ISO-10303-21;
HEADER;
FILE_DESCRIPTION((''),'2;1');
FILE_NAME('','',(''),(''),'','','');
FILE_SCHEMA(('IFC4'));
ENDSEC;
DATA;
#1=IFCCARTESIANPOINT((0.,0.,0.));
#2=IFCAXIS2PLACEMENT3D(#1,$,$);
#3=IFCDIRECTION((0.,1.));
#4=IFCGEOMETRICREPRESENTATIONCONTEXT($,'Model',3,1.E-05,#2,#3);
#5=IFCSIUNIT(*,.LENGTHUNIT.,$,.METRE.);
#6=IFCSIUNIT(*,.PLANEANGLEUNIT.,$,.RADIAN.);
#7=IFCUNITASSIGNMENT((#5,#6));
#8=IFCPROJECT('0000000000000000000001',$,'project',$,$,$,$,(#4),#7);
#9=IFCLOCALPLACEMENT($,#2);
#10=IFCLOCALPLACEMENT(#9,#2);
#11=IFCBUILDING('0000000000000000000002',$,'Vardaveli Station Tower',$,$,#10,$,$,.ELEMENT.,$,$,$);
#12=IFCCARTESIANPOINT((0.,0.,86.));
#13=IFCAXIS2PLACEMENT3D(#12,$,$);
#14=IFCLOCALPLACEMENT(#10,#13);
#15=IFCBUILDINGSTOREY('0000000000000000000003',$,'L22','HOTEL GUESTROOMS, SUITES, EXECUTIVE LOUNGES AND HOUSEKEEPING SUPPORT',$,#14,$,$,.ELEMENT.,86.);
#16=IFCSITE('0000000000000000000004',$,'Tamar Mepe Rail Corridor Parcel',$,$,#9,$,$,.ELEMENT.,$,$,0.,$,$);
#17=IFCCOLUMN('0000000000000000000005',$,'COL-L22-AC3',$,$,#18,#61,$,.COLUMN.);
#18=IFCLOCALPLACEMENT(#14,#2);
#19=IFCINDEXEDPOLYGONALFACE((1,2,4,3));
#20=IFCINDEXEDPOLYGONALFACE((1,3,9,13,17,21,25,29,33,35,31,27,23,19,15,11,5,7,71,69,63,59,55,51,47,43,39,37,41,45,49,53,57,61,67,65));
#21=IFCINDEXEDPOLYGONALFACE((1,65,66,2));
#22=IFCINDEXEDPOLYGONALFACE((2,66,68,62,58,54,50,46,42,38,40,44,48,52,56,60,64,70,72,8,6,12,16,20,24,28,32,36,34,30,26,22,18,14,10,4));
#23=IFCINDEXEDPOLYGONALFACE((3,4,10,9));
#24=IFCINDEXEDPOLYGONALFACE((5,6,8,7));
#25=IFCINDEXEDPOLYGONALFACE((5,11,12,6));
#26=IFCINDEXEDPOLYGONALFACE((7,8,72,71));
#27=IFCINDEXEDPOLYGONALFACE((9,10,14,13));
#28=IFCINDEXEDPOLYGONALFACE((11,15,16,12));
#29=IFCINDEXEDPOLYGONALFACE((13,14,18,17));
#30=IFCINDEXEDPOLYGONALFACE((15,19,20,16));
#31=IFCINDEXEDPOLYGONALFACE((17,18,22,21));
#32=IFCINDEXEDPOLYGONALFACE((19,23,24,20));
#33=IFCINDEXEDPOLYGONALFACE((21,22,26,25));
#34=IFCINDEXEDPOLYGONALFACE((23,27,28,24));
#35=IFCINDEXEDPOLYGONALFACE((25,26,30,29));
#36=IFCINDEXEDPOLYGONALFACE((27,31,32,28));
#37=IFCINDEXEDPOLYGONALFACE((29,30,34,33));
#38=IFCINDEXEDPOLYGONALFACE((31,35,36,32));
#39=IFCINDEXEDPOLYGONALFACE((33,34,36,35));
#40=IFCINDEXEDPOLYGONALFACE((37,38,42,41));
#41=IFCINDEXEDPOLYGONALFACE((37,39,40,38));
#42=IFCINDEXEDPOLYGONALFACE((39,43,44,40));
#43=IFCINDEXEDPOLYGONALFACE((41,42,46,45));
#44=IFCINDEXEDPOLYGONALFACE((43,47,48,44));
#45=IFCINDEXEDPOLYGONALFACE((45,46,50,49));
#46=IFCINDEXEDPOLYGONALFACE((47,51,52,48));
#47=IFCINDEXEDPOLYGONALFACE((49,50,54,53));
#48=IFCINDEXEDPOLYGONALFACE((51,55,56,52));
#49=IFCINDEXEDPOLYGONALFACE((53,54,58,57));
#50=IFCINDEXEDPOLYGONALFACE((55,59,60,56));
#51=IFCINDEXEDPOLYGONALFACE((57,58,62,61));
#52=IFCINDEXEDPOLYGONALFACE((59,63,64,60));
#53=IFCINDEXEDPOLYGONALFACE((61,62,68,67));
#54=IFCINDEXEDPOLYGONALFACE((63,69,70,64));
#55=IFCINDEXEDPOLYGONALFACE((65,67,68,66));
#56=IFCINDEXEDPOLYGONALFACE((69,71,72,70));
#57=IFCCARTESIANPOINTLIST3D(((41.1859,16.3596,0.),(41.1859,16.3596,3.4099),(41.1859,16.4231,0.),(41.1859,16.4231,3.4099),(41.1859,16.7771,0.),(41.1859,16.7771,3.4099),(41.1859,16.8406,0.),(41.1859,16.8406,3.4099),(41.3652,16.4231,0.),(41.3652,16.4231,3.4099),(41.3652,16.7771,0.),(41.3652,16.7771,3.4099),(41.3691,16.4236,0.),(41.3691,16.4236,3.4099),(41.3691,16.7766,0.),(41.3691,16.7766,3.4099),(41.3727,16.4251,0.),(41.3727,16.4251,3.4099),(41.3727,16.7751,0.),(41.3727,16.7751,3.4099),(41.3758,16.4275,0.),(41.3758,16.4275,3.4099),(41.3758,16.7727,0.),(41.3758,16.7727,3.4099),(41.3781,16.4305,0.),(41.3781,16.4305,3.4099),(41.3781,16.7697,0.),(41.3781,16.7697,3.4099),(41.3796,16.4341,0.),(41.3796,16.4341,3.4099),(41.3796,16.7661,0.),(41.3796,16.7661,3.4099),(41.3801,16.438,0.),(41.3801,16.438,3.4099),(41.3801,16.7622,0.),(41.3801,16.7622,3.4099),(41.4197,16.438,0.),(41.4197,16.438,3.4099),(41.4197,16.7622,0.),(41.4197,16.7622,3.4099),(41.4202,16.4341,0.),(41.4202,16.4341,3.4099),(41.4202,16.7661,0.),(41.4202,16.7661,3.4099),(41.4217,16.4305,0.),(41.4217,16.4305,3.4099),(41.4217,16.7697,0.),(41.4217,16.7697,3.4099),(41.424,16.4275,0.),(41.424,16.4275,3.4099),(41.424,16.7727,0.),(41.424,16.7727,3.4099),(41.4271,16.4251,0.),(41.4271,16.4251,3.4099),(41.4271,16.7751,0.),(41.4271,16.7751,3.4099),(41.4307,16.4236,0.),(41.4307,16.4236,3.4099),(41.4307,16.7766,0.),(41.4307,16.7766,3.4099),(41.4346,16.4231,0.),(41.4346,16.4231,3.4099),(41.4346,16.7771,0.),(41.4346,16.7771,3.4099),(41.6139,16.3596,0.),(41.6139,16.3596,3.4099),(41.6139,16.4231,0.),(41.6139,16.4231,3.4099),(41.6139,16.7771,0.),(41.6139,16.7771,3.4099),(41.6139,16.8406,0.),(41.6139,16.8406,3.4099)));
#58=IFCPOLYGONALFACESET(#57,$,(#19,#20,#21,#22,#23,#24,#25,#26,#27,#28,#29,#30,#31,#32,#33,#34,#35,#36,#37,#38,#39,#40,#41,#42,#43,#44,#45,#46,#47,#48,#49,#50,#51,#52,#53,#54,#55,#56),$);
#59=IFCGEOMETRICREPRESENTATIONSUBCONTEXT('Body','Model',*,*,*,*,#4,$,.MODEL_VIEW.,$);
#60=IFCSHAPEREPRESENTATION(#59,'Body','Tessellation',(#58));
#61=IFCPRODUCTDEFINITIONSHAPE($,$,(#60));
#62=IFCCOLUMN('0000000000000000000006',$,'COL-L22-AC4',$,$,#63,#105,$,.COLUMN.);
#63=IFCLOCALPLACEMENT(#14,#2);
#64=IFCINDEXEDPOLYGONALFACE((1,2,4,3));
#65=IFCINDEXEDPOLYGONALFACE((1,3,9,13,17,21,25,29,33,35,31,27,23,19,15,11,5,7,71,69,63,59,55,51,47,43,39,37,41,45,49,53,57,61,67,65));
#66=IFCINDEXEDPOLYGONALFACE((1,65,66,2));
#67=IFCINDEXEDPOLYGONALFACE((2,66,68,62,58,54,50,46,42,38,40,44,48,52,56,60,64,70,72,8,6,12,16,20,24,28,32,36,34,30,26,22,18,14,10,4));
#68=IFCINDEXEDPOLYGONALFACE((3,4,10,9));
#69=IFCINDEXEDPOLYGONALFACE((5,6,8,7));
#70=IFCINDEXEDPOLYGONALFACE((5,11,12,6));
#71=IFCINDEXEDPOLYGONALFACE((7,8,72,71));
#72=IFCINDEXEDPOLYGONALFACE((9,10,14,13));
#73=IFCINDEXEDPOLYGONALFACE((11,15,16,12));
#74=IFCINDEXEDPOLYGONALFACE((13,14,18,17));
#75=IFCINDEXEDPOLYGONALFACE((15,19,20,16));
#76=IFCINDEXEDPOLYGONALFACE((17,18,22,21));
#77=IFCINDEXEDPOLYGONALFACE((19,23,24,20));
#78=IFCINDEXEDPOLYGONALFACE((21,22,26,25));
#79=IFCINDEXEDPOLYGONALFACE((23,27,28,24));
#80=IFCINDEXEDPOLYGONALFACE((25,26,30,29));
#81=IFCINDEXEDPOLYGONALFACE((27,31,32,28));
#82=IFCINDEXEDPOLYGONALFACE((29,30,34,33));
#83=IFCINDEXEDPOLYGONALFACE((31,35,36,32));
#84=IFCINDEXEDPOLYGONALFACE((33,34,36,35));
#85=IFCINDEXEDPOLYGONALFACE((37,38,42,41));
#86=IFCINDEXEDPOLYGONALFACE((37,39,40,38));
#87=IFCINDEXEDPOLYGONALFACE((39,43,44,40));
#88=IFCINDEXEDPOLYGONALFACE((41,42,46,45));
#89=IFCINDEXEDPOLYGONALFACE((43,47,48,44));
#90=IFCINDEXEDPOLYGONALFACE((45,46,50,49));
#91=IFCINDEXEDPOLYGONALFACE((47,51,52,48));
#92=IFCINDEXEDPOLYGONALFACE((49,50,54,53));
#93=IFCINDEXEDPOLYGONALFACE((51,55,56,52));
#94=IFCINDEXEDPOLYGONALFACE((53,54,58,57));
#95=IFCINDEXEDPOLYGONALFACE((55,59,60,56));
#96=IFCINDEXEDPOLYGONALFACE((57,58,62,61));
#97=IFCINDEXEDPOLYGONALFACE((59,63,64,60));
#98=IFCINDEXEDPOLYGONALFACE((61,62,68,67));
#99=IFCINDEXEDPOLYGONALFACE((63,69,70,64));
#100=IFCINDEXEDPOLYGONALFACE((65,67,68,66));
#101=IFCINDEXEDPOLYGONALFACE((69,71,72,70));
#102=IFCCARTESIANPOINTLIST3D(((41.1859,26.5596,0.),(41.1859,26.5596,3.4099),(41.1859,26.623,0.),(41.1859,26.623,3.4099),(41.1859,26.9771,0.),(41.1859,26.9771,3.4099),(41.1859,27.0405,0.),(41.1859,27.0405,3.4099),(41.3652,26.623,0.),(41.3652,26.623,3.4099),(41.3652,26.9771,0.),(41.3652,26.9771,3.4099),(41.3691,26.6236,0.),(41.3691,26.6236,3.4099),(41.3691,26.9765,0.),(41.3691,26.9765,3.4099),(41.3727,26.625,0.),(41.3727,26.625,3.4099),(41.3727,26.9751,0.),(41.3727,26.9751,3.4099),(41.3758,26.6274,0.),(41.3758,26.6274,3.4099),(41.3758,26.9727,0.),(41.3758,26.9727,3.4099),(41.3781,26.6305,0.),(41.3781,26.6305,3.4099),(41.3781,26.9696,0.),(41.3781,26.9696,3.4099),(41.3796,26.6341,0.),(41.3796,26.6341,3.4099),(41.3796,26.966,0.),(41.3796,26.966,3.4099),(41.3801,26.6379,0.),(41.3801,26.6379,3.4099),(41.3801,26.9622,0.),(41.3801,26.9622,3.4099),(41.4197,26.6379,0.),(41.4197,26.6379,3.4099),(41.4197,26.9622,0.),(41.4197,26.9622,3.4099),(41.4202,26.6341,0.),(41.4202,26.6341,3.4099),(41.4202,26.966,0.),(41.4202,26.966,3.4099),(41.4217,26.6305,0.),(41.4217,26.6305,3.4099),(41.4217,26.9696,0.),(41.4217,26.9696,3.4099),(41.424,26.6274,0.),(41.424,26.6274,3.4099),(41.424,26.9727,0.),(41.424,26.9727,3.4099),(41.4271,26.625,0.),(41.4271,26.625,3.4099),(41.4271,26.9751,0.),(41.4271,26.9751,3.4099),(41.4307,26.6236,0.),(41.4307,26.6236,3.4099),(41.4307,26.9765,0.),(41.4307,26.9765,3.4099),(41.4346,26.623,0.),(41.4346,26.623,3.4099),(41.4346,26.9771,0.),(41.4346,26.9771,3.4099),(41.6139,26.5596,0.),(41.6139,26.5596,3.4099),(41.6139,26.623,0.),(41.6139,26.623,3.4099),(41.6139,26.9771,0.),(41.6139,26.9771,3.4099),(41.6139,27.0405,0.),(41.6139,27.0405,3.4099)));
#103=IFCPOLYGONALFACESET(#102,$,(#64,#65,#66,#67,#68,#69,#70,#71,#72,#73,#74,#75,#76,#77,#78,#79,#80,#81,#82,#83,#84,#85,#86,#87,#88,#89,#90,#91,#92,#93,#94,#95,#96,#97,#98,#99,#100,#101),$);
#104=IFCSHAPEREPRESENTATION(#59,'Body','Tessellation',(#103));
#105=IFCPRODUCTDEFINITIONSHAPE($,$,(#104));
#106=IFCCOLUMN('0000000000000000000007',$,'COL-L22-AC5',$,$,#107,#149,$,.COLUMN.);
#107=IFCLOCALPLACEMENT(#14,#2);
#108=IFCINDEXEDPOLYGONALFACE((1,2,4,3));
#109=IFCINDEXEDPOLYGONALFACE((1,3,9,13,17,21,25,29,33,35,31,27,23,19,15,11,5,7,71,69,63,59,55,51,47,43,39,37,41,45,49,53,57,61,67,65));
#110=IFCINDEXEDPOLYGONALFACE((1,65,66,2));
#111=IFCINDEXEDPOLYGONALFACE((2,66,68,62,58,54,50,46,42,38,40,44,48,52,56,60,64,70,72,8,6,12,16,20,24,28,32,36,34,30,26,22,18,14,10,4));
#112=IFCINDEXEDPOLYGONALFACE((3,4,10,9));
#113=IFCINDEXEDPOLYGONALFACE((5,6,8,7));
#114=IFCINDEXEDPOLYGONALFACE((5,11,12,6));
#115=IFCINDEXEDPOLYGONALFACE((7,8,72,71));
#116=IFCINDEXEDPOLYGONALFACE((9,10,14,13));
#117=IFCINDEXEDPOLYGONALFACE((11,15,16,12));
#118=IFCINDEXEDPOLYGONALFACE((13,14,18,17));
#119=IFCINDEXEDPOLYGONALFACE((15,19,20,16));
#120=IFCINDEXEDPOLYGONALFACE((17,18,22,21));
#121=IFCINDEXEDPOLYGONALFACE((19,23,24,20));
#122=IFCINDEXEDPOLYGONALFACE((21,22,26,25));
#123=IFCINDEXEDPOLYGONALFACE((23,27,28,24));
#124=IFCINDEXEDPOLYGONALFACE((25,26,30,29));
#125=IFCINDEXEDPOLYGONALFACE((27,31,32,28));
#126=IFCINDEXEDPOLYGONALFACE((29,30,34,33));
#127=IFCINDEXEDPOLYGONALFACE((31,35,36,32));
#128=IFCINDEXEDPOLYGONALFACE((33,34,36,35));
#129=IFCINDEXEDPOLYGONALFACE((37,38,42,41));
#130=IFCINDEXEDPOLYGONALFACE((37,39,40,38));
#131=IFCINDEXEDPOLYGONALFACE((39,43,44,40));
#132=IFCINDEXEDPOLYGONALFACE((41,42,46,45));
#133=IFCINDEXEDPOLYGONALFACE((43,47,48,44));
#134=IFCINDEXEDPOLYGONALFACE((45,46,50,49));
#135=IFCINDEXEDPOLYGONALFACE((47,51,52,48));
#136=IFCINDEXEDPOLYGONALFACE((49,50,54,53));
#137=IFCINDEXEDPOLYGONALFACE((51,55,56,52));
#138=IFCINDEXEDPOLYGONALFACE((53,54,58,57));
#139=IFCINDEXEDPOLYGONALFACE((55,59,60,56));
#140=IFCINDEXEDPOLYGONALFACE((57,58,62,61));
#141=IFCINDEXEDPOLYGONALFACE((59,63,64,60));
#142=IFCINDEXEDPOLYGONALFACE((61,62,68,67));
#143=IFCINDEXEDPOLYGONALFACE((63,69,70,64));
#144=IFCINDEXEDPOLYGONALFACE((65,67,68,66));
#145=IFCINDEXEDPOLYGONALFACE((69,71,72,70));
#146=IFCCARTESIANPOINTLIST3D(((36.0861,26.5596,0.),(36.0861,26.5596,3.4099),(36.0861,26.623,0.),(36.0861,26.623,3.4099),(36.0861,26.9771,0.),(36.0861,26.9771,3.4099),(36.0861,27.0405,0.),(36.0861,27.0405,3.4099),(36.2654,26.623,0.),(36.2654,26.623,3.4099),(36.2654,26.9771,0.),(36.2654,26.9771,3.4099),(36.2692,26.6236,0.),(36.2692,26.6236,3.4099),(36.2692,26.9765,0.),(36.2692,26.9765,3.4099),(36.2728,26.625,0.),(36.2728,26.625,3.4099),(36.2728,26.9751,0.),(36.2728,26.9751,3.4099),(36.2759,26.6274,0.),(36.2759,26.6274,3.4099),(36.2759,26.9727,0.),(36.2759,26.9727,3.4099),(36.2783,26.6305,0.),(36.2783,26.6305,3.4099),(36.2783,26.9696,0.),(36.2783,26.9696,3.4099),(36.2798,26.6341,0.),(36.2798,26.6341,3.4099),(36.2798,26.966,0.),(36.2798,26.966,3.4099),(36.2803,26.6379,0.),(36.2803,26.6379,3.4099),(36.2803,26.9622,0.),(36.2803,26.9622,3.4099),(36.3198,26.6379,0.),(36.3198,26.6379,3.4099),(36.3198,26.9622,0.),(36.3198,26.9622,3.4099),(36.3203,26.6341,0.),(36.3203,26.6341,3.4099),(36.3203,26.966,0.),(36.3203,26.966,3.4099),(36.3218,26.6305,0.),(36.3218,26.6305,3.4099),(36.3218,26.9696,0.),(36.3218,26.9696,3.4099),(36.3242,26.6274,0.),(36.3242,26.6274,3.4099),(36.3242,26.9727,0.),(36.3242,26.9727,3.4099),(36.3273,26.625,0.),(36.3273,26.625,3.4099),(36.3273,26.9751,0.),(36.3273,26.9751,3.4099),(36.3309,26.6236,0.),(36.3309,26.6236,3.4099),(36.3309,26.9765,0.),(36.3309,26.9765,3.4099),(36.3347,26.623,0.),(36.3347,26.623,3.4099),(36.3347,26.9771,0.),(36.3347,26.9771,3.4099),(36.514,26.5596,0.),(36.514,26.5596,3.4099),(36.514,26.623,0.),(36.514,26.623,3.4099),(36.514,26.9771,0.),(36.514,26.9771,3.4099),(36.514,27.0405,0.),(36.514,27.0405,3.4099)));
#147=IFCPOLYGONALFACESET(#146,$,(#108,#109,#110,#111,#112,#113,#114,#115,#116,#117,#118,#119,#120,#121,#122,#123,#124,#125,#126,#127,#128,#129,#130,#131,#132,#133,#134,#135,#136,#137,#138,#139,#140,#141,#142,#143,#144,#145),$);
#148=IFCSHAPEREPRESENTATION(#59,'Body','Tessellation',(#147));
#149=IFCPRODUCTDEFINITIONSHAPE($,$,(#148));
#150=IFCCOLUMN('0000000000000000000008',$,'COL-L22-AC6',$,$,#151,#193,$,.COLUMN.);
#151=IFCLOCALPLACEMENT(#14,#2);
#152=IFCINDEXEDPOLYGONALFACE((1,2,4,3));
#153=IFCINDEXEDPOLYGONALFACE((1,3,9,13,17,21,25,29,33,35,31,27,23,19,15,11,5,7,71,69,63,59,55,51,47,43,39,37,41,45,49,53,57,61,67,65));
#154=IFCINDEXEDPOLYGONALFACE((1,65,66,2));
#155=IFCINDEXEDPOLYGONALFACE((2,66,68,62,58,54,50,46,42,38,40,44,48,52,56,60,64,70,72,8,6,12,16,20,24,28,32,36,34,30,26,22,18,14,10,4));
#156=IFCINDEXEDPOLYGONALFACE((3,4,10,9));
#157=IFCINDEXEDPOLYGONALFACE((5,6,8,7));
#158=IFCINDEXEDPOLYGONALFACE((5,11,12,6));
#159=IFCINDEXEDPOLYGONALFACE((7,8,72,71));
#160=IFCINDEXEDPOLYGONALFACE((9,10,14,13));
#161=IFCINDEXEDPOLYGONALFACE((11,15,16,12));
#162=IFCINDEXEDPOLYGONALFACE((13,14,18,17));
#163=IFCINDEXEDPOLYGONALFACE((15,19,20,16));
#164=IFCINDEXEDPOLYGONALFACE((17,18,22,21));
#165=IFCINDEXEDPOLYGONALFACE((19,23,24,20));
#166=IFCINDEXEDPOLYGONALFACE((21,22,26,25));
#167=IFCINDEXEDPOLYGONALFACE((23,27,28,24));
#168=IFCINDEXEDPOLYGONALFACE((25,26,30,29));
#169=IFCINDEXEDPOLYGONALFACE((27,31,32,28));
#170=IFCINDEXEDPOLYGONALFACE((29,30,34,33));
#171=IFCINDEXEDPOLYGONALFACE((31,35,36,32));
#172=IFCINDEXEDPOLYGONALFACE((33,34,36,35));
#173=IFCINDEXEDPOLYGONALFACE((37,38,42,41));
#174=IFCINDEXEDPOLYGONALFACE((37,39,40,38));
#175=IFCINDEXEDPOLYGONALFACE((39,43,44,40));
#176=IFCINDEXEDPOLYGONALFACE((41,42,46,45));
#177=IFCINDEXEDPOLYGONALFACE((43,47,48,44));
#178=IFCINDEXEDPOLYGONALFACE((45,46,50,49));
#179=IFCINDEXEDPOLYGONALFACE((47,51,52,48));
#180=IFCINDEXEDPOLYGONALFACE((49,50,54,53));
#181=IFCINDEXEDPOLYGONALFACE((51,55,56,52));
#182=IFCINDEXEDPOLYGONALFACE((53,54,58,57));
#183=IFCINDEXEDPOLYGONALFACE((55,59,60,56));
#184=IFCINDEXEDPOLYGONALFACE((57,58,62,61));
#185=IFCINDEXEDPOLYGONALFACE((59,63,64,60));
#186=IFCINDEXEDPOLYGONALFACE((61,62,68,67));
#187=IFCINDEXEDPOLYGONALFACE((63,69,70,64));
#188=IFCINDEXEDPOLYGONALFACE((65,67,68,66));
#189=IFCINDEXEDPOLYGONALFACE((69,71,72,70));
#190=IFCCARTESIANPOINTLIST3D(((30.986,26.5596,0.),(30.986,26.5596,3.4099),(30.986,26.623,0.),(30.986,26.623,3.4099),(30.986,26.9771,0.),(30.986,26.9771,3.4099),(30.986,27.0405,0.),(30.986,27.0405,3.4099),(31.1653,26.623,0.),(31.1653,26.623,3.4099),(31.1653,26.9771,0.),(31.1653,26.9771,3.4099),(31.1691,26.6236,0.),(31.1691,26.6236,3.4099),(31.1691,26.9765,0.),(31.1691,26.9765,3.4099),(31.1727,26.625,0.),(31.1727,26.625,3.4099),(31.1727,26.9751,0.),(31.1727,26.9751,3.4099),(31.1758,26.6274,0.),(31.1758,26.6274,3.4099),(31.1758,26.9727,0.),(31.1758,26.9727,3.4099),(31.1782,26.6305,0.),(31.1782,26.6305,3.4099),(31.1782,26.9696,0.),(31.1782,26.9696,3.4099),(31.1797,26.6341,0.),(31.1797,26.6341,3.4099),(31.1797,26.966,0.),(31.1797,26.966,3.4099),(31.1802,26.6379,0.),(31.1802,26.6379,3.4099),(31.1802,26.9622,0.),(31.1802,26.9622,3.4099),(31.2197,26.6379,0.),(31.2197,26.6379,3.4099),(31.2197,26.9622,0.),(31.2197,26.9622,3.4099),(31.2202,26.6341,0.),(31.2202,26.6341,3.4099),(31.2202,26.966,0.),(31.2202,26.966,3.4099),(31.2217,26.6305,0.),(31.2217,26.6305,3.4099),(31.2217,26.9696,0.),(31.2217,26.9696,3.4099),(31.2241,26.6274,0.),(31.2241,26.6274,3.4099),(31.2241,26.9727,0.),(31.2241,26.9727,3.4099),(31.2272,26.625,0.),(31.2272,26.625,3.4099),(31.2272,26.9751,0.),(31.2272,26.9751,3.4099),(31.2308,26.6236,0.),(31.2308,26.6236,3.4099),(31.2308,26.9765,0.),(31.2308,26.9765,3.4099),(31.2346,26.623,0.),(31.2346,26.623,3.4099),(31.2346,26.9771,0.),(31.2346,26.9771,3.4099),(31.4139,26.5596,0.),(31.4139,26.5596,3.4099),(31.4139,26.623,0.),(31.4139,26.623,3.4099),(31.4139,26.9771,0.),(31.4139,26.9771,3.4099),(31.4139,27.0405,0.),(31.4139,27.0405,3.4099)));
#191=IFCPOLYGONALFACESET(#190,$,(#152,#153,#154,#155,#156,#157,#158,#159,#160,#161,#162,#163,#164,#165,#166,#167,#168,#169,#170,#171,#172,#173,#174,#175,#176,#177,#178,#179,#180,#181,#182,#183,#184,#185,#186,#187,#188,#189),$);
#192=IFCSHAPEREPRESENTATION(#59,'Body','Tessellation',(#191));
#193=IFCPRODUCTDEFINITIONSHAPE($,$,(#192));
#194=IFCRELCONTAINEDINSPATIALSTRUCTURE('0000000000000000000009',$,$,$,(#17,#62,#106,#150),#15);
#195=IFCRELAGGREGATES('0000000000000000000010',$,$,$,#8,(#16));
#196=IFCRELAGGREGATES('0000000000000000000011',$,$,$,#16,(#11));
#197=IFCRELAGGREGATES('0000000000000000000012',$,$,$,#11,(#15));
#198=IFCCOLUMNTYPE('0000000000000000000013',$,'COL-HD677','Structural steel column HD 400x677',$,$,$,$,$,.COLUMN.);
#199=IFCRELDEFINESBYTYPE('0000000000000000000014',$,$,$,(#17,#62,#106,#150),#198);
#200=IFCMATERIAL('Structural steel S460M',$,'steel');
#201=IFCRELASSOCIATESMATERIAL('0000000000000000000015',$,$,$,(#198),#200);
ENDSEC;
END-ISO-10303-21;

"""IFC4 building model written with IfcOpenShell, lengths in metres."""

from ifc_helpers import new_model, si_unit, direction, frame, origin, origin_2d, place, context, subcontext, project, spatial, i_section, extrude, source, transform, mapped, material, material_profile, profile_set, type_object, element, save


model = new_model("IFC4")

# Units and contexts
model_context = context("Model", 3, precision=1e-05, world=origin(), true_north=direction((0.0, 1.0)))
body_context = subcontext(model_context, "Body", "Model", "MODEL_VIEW")
ifc_project = project(units=[si_unit("LENGTHUNIT", "METRE"), si_unit("PLANEANGLEUNIT", "RADIAN")], contexts=[model_context])

# Site, building, storey
site_placement = place(None, origin())
site = spatial("IfcSite", under=ifc_project, at=site_placement, Name="Tamar Mepe Rail Corridor Parcel", CompositionType="ELEMENT", RefElevation=0.0)
building_placement = place(site_placement, origin())
building = spatial("IfcBuilding", under=site, at=building_placement, Name="Vardaveli Station Tower", CompositionType="ELEMENT")
storey_placement = place(building_placement, frame((0.0, 0.0, 86.0)))
storey = spatial("IfcBuildingStorey", under=building, at=storey_placement, Name="L22", Description="HOTEL GUESTROOMS, SUITES, EXECUTIVE LOUNGES AND HOUSEKEEPING SUPPORT", CompositionType="ELEMENT", Elevation=86.0)

# Columns
ifc_material_1 = material(Name="Structural steel S460M", Category="steel")
ifc_material_profile_1 = material_profile(ifc_material_1, i_section(OverallWidth=0.428, OverallDepth=0.481, WebThickness=0.0396, FlangeThickness=0.0635, FilletRadius=0.0149, at=origin_2d()), Name="HD 400x677")
ifc_profile_set_1 = profile_set([ifc_material_profile_1], Name="Structural steel S460M")
column_type = type_object("IfcColumnType", Name="COL-HD677", Description="Structural steel column HD 400x677", PredefinedType="COLUMN", material=ifc_profile_set_1)
shared_shape_1 = source(origin(), body_context, "Body", "SweptSolid", [
    extrude(i_section(OverallWidth=0.428, OverallDepth=0.481, WebThickness=0.0396, FlangeThickness=0.0635, FilletRadius=0.0149, at=origin_2d()), origin(), (0.0, 0.0, 1.0), 3.4099),
])
for number, where, z_axis, x_axis, name in (
    (1, (41.3999, 16.6001, 0.0), (0.0, 0.0, 1.0), (1.0, 0.0, 0.0), "COL-L22-AC3"),
    (2, (41.3999, 26.8, 0.0), (0.0, 0.0, 1.0), (1.0, 0.0, 0.0), "COL-L22-AC4"),
    (3, (36.3, 26.8, 0.0), (0.0, 0.0, 1.0), (1.0, 0.0, 0.0), "COL-L22-AC5"),
    (4, (31.2, 26.8, 0.0), (0.0, 0.0, 1.0), (1.0, 0.0, 0.0), "COL-L22-AC6"),
):
    element("IfcColumn", number, at=place(storey_placement, frame(where, z_axis=z_axis, x_axis=x_axis)), inside=storey, type_object=column_type, Name=name, PredefinedType="COLUMN", context=body_context, shape_type="MappedRepresentation", body=[
        mapped(shared_shape_1, transform((0.0, 0.0, 0.0), scale=1.0)),
    ])

save(model, "model.ifc")
